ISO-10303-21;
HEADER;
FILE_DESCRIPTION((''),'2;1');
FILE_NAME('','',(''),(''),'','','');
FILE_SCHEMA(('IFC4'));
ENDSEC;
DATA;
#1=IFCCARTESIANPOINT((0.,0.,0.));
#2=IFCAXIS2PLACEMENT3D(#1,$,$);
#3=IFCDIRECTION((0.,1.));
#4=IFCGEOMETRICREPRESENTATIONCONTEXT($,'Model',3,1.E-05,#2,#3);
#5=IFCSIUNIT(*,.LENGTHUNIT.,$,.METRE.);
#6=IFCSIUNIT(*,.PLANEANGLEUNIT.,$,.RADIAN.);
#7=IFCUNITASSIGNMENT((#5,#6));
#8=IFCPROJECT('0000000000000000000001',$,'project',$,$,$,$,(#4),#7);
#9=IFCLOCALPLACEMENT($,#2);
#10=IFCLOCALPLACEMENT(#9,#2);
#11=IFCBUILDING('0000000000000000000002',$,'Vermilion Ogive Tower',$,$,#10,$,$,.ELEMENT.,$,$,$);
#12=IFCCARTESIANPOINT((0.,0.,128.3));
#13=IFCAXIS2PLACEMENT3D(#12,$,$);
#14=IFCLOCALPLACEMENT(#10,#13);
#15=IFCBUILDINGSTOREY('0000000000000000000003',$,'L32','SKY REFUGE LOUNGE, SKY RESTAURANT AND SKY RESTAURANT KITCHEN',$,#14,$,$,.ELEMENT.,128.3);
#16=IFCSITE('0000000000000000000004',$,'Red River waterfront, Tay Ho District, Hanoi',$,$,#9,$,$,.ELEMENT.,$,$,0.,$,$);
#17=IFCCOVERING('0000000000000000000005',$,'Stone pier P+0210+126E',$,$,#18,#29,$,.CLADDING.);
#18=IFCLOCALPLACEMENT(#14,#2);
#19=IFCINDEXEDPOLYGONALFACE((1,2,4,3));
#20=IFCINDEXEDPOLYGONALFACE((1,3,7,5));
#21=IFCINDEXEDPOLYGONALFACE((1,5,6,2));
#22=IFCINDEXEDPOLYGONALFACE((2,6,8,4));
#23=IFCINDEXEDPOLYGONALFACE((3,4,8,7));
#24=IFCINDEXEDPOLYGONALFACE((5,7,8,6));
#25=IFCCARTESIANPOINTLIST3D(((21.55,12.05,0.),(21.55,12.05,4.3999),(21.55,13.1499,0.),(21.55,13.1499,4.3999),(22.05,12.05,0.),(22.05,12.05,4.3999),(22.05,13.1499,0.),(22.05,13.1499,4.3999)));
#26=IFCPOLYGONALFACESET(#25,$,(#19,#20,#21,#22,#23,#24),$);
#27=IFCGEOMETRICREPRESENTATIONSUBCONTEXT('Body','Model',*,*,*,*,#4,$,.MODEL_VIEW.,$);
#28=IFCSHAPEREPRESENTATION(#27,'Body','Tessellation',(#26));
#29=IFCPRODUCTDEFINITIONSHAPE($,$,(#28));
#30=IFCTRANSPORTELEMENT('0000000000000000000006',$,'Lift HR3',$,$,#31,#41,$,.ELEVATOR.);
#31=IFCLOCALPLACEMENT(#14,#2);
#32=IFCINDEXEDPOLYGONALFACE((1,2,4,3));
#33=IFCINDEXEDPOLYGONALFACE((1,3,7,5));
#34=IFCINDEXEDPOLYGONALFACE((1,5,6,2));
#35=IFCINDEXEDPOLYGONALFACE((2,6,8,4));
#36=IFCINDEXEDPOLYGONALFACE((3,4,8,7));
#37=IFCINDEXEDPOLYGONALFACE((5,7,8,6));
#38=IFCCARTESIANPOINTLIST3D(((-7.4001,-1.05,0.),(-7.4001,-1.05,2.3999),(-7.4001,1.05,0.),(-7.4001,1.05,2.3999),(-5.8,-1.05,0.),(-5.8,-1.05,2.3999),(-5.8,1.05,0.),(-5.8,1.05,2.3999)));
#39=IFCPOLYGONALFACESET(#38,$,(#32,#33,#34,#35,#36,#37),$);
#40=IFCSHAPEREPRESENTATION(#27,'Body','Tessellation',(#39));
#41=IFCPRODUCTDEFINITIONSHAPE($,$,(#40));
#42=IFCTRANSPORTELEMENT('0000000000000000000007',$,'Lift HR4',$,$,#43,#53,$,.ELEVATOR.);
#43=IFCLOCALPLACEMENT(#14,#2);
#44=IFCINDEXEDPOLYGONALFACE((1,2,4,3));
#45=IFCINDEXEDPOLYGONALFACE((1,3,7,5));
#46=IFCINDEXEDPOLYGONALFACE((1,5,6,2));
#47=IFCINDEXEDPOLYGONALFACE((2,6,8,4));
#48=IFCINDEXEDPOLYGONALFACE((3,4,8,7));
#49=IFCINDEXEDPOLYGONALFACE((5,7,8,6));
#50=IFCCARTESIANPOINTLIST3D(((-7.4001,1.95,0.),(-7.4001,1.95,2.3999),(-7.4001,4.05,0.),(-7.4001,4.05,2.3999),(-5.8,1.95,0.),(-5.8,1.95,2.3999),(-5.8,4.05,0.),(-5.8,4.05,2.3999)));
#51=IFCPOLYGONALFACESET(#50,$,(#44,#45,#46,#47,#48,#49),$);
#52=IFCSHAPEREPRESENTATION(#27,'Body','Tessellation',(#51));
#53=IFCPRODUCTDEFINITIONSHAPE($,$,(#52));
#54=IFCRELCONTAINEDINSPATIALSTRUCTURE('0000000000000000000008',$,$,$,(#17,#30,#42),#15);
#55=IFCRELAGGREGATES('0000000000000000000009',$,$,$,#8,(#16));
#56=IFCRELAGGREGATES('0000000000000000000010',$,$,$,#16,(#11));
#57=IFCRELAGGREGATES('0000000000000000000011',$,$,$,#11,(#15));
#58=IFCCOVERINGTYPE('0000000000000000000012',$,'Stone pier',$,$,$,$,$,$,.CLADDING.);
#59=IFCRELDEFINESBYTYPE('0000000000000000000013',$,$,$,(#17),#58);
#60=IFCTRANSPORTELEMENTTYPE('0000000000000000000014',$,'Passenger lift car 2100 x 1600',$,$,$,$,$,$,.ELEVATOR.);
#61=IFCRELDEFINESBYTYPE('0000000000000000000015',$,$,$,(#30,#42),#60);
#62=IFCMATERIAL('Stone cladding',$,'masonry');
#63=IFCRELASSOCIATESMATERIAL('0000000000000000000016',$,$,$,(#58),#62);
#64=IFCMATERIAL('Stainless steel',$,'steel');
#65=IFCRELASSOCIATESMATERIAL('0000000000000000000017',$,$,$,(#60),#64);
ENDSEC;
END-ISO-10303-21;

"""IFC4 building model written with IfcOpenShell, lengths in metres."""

from ifc_helpers import new_model, si_unit, direction, frame, origin, origin_2d, place, context, subcontext, project, spatial, polyline, rectangle, outline, extrude, material, type_object, element, save


model = new_model("IFC4")

# Units and contexts
model_context = context("Model", 3, precision=1e-05, world=origin(), true_north=direction((0.0, 1.0)))
body_context = subcontext(model_context, "Body", "Model", "MODEL_VIEW")
ifc_project = project(units=[si_unit("LENGTHUNIT", "METRE"), si_unit("PLANEANGLEUNIT", "RADIAN")], contexts=[model_context])

# Site, building, storey
site_placement = place(None, origin())
site = spatial("IfcSite", under=ifc_project, at=site_placement, Name="Red River waterfront, Tay Ho District, Hanoi", CompositionType="ELEMENT", RefElevation=0.0)
building_placement = place(site_placement, origin())
building = spatial("IfcBuilding", under=site, at=building_placement, Name="Vermilion Ogive Tower", CompositionType="ELEMENT")
storey_placement = place(building_placement, frame((0.0, 0.0, 128.3)))
storey = spatial("IfcBuildingStorey", under=building, at=storey_placement, Name="L32", Description="SKY REFUGE LOUNGE, SKY RESTAURANT AND SKY RESTAURANT KITCHEN", CompositionType="ELEMENT", Elevation=128.3)

# Covering
ifc_material_1 = material(Name="Stone cladding", Category="masonry")
covering_type = type_object("IfcCoveringType", Name="Stone pier", PredefinedType="CLADDING", material=ifc_material_1)
covering_1_placement = place(storey_placement, origin())
element("IfcCovering", 1, at=covering_1_placement, inside=storey, type_object=covering_type, Name="Stone pier P+0210+126E", PredefinedType="CLADDING", context=body_context, shape_type="SweptSolid", body=[
    extrude(outline(polyline([(22.05, 13.1499), (22.05, 12.05), (21.55, 12.05), (21.55, 13.1499), (22.05, 13.1499)])), origin(), (0.0, 0.0, 1.0), 4.3999),
])

# Transport elements
ifc_material_2 = material(Name="Stainless steel", Category="steel")
transport_element_type = type_object("IfcTransportElementType", Name="Passenger lift car 2100 x 1600", PredefinedType="ELEVATOR", material=ifc_material_2)
for number, where, z_axis, x_axis, name in (
    (2, (-6.6001, 0.0, 0.0), (0.0, 0.0, 1.0), (1.0, 0.0, 0.0), "Lift HR3"),
    (3, (-6.6001, 3.0, 0.0), (0.0, 0.0, 1.0), (1.0, 0.0, 0.0), "Lift HR4"),
):
    element("IfcTransportElement", number, at=place(storey_placement, frame(where, z_axis=z_axis, x_axis=x_axis)), inside=storey, type_object=transport_element_type, Name=name, PredefinedType="ELEVATOR", context=body_context, shape_type="SweptSolid", body=[
        extrude(rectangle(XDim=1.6001, YDim=2.1001, at=origin_2d()), origin(), (0.0, 0.0, 1.0), 2.3999),
    ])

save(model, "model.ifc")
